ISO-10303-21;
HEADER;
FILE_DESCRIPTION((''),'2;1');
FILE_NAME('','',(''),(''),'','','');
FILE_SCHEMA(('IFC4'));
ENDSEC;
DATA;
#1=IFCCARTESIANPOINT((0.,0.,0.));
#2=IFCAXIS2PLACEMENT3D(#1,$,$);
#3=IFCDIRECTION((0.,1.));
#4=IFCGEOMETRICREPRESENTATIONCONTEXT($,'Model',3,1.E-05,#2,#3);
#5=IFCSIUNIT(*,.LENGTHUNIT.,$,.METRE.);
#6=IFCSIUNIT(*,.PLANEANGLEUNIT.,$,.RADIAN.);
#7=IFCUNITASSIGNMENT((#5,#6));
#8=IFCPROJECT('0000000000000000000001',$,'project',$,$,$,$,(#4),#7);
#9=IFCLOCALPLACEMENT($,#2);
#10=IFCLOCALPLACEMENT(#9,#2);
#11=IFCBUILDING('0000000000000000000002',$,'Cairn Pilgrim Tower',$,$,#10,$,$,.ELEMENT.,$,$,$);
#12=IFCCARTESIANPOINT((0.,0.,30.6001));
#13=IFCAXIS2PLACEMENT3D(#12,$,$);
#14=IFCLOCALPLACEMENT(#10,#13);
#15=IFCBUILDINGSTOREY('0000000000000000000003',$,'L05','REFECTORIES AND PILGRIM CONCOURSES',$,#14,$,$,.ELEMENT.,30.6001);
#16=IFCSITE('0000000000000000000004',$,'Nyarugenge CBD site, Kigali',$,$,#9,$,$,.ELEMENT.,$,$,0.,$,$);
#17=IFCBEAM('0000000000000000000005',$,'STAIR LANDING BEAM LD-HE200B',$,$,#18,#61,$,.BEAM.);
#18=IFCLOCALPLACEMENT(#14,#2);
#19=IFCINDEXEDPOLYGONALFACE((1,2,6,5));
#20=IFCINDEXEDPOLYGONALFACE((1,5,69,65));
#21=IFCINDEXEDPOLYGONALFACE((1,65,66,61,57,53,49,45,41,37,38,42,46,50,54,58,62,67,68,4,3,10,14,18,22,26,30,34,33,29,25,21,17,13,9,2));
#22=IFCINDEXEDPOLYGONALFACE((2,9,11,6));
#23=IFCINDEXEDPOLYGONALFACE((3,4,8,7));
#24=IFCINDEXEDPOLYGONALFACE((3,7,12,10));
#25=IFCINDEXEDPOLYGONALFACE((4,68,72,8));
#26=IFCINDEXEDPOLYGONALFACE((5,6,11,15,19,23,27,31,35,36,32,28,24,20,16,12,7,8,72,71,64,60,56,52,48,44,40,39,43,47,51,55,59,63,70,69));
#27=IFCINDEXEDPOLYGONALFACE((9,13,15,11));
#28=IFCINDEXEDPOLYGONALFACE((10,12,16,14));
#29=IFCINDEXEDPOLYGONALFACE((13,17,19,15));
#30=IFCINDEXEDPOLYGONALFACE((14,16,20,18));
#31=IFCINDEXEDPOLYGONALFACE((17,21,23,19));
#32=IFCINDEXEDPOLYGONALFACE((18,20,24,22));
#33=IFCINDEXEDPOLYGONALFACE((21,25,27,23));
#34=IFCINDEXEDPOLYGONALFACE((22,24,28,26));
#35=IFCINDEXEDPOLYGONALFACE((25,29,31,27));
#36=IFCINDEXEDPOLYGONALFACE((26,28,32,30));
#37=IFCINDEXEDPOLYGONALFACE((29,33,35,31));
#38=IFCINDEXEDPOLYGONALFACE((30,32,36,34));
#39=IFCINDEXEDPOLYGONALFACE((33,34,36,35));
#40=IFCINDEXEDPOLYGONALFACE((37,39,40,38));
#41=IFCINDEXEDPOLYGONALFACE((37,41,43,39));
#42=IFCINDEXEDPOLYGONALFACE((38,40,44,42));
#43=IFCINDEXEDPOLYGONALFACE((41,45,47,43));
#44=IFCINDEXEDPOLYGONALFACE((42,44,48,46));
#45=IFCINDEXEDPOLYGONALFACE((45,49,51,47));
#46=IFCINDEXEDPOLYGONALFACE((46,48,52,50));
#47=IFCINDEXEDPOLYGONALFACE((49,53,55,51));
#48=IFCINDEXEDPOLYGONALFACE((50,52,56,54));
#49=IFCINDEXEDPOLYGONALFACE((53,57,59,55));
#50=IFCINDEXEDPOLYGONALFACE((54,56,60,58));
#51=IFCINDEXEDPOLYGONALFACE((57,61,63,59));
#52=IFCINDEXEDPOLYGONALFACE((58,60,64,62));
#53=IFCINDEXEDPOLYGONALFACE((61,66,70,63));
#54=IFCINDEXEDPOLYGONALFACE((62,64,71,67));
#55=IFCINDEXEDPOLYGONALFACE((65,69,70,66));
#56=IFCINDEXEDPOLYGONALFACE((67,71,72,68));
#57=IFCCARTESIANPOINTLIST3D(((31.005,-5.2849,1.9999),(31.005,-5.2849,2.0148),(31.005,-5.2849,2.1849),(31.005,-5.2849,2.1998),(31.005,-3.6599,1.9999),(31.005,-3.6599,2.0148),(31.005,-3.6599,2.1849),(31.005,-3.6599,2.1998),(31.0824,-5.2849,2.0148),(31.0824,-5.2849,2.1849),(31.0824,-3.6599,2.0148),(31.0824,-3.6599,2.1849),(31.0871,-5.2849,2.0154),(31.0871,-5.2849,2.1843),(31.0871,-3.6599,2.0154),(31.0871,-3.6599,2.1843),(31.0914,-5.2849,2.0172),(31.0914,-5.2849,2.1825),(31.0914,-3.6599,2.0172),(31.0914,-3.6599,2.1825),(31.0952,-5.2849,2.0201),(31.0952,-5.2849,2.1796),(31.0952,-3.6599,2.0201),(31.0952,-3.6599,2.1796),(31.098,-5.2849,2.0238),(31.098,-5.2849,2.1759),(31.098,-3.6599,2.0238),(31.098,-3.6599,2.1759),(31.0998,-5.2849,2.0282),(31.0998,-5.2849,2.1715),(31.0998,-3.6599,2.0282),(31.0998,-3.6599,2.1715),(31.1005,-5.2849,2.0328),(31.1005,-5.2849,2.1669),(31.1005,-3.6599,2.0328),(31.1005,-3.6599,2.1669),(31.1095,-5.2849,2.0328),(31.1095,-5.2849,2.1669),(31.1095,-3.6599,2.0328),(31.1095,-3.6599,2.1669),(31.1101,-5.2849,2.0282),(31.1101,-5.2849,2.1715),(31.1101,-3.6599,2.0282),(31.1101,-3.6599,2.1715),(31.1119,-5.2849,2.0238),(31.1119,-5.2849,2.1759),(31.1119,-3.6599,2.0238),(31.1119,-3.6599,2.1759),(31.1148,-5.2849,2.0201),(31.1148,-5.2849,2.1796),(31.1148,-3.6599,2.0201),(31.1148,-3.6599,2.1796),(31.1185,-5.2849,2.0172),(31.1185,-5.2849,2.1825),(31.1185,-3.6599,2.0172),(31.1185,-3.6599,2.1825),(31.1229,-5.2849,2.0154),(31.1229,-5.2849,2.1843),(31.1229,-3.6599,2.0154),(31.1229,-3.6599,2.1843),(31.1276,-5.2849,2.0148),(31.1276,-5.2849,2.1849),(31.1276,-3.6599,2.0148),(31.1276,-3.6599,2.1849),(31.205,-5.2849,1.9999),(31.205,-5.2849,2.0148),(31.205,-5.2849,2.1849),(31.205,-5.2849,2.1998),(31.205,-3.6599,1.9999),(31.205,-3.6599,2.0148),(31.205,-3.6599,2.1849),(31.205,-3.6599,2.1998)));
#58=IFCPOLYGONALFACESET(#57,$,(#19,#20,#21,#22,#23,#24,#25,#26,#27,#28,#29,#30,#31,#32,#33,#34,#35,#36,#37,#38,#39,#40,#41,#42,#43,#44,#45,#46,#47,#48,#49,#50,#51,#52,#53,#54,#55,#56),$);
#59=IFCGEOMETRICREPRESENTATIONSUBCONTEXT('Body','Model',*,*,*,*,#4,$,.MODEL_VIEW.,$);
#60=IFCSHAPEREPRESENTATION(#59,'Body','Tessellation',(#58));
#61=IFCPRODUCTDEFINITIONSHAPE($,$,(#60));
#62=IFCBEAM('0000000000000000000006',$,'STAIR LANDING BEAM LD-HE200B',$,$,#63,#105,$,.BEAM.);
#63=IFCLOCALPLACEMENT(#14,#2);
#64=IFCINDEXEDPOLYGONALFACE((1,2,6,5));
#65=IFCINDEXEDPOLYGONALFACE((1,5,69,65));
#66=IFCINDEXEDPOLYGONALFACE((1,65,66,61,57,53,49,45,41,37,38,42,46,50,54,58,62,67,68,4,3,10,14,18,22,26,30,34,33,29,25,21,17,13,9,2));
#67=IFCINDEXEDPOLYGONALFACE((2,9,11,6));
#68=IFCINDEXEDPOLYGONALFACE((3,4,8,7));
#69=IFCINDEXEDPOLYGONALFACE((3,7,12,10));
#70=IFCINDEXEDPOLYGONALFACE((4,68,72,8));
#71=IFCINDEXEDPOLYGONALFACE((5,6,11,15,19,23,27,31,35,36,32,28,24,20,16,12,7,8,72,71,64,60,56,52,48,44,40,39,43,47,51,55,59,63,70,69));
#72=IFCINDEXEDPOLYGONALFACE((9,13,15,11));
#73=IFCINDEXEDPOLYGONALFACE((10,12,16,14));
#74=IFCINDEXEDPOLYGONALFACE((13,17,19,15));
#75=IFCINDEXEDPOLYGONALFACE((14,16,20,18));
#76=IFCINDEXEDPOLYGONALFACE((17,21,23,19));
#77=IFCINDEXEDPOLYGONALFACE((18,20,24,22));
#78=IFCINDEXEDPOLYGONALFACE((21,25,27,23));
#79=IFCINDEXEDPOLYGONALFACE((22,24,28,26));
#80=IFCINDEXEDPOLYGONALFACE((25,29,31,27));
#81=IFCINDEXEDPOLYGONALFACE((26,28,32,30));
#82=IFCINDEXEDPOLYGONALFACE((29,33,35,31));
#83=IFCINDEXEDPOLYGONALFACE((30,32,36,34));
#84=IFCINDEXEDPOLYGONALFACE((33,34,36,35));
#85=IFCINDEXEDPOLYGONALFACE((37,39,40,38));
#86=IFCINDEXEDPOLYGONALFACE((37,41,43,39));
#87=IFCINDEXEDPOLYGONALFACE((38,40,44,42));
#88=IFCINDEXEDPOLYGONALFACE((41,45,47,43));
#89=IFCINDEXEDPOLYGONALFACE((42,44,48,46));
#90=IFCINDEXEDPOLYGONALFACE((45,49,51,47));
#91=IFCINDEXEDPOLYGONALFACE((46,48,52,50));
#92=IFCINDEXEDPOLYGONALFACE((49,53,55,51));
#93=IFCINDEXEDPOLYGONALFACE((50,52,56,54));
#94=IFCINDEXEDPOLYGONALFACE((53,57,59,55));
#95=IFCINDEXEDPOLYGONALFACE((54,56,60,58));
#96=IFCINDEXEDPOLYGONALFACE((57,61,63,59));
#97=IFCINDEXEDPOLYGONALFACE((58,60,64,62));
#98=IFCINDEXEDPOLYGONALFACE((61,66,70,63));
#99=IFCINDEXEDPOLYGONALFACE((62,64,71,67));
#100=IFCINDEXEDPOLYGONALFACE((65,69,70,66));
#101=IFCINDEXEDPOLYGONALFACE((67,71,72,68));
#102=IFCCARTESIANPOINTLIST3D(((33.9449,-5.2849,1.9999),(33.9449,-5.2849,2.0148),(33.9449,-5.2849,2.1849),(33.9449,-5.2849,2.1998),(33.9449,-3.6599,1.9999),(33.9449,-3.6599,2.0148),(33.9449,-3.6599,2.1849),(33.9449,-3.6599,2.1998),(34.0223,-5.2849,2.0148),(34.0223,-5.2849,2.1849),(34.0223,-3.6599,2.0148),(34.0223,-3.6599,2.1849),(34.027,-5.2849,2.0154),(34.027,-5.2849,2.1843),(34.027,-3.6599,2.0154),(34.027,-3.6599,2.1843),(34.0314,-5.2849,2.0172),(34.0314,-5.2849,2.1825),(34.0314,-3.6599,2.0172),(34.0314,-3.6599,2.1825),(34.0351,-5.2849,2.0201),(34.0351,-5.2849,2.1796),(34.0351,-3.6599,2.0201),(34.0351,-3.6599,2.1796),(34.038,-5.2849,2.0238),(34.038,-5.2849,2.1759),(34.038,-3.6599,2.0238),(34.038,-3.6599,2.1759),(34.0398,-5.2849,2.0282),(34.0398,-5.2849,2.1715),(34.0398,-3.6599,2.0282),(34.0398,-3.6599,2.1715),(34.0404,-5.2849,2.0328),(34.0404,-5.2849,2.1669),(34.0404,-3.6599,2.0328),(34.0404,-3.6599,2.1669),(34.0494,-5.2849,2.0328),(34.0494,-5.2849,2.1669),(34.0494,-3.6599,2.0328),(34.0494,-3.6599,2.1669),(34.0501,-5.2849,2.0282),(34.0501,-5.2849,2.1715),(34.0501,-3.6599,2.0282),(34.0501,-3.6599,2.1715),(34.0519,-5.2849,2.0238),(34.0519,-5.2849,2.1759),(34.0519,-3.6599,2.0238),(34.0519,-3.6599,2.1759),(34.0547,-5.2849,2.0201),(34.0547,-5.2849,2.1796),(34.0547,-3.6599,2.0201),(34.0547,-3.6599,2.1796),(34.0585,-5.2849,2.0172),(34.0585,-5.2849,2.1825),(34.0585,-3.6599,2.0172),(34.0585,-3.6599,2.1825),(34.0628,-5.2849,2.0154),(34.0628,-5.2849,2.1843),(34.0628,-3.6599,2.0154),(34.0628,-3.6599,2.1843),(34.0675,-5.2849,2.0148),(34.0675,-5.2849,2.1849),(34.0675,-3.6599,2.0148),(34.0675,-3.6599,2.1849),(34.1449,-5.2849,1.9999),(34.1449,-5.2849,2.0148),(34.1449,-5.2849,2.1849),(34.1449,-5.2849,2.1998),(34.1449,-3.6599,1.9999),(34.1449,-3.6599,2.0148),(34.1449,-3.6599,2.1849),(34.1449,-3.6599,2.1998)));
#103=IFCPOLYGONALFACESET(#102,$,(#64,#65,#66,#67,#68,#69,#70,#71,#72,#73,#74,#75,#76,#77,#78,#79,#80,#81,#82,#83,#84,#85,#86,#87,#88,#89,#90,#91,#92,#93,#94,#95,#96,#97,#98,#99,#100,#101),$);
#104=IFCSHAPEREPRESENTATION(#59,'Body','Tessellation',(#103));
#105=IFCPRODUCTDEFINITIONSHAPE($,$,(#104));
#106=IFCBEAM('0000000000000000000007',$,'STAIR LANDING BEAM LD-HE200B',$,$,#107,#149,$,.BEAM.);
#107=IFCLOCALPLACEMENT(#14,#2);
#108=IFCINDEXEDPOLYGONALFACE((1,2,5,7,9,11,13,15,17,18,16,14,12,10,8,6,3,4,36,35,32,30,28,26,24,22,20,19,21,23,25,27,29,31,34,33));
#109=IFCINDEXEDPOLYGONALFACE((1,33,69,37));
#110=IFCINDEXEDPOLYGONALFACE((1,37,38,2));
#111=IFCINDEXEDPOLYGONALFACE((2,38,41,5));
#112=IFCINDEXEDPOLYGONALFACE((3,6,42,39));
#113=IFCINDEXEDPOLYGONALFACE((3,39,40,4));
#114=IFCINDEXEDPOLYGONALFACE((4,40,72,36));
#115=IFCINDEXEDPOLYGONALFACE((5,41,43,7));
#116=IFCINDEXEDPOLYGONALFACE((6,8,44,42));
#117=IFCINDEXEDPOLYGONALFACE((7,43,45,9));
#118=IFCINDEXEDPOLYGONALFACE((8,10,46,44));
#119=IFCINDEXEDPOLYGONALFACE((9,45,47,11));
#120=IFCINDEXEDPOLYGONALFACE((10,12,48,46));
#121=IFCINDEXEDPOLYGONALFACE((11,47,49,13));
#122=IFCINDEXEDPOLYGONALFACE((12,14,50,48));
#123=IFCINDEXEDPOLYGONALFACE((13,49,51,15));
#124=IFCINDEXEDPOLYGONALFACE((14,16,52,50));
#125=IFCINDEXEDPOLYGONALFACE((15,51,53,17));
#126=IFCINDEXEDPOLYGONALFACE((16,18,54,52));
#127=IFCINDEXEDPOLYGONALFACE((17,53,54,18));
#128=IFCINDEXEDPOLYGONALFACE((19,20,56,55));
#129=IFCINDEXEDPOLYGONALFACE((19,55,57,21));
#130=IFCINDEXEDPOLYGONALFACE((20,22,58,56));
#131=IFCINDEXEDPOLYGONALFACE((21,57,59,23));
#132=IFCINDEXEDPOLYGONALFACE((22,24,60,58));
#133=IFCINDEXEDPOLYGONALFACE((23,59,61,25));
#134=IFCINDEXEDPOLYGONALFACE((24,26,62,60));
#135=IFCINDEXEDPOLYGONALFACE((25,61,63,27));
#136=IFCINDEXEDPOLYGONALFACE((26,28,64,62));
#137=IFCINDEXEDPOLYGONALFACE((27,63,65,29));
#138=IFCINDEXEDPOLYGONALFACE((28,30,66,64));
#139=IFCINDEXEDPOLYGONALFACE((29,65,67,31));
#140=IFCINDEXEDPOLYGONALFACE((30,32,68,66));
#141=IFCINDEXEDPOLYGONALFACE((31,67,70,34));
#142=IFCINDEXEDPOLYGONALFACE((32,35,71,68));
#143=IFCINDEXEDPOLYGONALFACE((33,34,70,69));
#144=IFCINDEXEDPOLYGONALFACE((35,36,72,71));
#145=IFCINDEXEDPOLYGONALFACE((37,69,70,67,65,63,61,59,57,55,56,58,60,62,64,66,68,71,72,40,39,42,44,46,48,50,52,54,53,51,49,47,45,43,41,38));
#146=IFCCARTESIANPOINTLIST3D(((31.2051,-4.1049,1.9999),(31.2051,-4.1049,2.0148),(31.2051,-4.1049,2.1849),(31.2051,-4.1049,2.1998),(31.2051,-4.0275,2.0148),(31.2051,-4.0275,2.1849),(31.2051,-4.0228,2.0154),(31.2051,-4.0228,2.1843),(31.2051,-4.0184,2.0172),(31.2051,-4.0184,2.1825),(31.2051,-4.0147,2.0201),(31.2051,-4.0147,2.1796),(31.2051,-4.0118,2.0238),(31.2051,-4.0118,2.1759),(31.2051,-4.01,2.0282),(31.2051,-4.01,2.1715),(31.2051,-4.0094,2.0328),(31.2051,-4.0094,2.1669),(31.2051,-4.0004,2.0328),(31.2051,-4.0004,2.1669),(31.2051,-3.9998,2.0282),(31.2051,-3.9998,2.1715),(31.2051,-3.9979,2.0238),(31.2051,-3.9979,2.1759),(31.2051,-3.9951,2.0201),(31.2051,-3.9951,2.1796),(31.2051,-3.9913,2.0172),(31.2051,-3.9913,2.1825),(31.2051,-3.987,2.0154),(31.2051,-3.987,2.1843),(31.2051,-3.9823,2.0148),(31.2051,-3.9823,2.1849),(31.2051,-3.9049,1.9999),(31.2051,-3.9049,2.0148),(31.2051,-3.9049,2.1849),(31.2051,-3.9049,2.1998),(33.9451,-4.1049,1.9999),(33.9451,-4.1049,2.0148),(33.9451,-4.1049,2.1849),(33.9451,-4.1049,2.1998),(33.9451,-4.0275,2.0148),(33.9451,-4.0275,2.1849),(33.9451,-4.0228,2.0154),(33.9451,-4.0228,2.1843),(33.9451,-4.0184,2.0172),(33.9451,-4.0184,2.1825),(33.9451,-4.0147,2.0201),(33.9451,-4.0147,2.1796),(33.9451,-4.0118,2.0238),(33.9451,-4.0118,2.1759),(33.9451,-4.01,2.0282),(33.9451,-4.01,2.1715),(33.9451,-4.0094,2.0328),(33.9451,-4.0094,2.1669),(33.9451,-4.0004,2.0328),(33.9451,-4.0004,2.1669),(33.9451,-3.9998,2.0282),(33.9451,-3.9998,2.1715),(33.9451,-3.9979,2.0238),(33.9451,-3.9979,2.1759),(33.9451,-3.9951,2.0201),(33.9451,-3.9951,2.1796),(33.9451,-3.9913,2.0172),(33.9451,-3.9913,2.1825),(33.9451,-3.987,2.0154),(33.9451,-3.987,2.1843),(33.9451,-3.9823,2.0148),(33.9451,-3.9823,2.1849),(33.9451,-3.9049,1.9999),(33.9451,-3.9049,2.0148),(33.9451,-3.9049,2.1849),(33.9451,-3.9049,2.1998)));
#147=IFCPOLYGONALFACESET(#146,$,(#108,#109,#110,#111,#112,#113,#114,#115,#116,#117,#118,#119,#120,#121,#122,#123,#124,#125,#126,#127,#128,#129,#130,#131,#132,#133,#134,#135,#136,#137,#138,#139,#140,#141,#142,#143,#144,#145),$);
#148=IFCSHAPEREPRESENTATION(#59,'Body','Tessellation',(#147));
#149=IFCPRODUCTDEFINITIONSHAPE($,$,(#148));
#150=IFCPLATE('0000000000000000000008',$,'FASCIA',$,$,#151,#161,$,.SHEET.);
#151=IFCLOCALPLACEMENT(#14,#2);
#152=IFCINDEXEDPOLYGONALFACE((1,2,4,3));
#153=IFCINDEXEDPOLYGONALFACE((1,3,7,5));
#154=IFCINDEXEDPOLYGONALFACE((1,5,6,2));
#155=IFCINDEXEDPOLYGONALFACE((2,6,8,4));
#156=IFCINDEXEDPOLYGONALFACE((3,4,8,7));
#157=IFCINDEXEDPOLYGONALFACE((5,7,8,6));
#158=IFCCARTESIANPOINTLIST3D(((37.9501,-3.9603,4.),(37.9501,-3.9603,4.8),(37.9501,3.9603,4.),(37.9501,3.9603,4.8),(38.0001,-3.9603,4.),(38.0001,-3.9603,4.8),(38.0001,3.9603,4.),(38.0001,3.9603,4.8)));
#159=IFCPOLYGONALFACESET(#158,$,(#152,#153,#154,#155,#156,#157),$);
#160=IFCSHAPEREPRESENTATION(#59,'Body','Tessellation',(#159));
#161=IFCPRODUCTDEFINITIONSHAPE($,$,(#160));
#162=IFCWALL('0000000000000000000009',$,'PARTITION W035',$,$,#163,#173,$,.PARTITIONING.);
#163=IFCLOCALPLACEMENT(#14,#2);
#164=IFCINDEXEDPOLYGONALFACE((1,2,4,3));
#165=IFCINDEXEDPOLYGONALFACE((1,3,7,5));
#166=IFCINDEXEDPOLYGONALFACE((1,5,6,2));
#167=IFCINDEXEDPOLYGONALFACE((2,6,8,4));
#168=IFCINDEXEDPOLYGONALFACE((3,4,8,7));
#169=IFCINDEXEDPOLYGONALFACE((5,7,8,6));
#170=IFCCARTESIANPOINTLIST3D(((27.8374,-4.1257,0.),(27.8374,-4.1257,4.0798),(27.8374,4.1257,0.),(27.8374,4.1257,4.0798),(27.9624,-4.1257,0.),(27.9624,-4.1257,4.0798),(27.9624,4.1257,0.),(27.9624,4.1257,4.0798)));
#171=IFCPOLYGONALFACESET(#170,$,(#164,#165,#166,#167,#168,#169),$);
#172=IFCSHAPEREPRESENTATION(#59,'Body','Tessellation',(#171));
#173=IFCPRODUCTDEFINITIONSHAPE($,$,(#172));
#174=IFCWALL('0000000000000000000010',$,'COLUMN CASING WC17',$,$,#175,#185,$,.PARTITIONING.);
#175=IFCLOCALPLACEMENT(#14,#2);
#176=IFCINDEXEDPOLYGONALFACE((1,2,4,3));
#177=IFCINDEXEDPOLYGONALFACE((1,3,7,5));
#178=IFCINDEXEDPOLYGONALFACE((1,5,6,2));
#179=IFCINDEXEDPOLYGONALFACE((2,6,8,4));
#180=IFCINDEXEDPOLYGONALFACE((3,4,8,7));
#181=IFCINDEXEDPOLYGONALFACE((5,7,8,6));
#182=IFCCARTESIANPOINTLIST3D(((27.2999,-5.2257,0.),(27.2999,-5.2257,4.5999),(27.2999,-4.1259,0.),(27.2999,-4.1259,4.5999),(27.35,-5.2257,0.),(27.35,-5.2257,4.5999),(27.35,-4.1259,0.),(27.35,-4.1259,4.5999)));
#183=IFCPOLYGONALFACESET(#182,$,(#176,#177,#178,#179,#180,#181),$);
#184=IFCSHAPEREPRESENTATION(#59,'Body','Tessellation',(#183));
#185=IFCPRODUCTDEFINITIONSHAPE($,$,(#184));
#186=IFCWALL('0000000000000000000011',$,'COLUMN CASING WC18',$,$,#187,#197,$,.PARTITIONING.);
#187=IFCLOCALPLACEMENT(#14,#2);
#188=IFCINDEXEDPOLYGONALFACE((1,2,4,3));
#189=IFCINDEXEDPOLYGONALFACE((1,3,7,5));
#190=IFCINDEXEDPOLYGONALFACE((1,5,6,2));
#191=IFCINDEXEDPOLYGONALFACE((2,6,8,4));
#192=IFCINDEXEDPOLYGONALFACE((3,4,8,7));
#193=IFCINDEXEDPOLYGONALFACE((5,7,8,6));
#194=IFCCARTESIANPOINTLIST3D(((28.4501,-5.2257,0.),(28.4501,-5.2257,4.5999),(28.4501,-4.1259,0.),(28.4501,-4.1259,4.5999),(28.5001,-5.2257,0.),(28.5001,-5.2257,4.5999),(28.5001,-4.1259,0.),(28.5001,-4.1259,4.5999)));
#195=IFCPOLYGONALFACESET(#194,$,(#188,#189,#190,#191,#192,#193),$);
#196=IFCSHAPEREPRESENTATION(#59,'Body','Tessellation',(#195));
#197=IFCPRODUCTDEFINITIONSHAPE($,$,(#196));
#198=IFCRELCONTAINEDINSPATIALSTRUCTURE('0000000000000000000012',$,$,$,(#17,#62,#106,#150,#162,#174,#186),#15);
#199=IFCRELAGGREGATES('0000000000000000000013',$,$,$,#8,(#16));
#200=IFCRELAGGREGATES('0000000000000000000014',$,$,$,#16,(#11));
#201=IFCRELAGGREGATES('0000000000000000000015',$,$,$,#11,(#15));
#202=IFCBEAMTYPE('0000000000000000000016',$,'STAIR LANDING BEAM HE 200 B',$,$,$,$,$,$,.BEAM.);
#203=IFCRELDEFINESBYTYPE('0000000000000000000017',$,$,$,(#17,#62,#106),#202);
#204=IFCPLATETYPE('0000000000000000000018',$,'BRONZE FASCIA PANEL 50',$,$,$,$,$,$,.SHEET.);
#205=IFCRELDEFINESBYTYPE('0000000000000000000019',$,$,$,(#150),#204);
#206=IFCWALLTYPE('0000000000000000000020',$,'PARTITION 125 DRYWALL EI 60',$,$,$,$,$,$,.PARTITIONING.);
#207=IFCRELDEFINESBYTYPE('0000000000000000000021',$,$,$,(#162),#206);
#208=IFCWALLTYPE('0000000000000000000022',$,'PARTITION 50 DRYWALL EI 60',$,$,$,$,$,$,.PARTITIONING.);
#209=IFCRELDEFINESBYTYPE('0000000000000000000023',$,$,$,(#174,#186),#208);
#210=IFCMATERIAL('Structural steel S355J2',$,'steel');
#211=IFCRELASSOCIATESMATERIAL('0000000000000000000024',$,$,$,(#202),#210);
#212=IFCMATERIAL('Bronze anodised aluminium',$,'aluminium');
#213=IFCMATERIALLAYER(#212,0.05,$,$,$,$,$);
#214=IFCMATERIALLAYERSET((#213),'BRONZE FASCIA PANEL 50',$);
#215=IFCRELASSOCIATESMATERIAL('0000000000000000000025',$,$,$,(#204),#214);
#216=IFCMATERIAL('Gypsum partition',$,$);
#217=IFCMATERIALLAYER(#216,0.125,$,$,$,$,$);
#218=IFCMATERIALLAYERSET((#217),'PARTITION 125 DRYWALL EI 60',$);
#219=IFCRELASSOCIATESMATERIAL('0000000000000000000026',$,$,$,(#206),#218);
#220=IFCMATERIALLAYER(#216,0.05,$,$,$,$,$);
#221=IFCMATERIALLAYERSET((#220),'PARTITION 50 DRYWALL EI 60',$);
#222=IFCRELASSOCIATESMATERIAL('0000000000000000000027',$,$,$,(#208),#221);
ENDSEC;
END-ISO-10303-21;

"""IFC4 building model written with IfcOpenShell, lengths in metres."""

from ifc_helpers import new_model, si_unit, direction, frame, frame_2d, origin, origin_2d, place, context, subcontext, project, spatial, rectangle, i_section, extrude, material, layer, layer_set, material_profile, profile_set, type_object, element, save


model = new_model("IFC4")

# Units and contexts
model_context = context("Model", 3, precision=1e-05, world=origin(), true_north=direction((0.0, 1.0)))
body_context = subcontext(model_context, "Body", "Model", "MODEL_VIEW")
ifc_project = project(units=[si_unit("LENGTHUNIT", "METRE"), si_unit("PLANEANGLEUNIT", "RADIAN")], contexts=[model_context])

# Site, building, storey
site_placement = place(None, origin())
site = spatial("IfcSite", under=ifc_project, at=site_placement, Name="Nyarugenge CBD site, Kigali", CompositionType="ELEMENT", RefElevation=0.0)
building_placement = place(site_placement, origin())
building = spatial("IfcBuilding", under=site, at=building_placement, Name="Cairn Pilgrim Tower", CompositionType="ELEMENT")
storey_placement = place(building_placement, frame((0.0, 0.0, 30.6001)))
storey = spatial("IfcBuildingStorey", under=building, at=storey_placement, Name="L05", Description="REFECTORIES AND PILGRIM CONCOURSES", CompositionType="ELEMENT", Elevation=30.6001)

# Shared definitions
ifc_material_1 = material(Name="Structural steel S355J2", Category="steel")

# Beams
ifc_material_profile_1 = material_profile(ifc_material_1, i_section(OverallWidth=0.2, OverallDepth=0.2, WebThickness=0.009, FlangeThickness=0.0149, FilletRadius=0.0181, at=origin_2d()), Name="HE 200 B")
ifc_profile_set_1 = profile_set([ifc_material_profile_1], Name="Structural steel S355J2")
beam_type_1 = type_object("IfcBeamType", Name="STAIR LANDING BEAM HE 200 B", PredefinedType="BEAM", material=ifc_profile_set_1)
for number, where, z_axis, x_axis, name in (
    (1, (31.105, -3.6599, 2.0999), (0.0, -1.0, 0.0), (1.0, 0.0, 0.0), "STAIR LANDING BEAM LD-HE200B"),
    (2, (34.0449, -3.6599, 2.0999), (0.0, -1.0, 0.0), (1.0, 0.0, 0.0), "STAIR LANDING BEAM LD-HE200B"),
):
    element("IfcBeam", number, at=place(storey_placement, frame(where, z_axis=z_axis, x_axis=x_axis)), inside=storey, type_object=beam_type_1, Name=name, PredefinedType="BEAM", context=body_context, shape_type="SweptSolid", body=[
        extrude(i_section(OverallWidth=0.2, OverallDepth=0.2, WebThickness=0.009, FlangeThickness=0.0149, FilletRadius=0.0181, at=origin_2d()), origin(), (0.0, 0.0, 1.0), 1.625),
    ])
beam_1_placement = place(storey_placement, frame((31.2051, -4.0049, 2.0999), z_axis=(1.0, 0.0, 0.0), x_axis=(0.0, 1.0, 0.0)))
element("IfcBeam", 3, at=beam_1_placement, inside=storey, type_object=beam_type_1, Name="STAIR LANDING BEAM LD-HE200B", PredefinedType="BEAM", context=body_context, shape_type="SweptSolid", body=[
    extrude(i_section(OverallWidth=0.2, OverallDepth=0.2, WebThickness=0.009, FlangeThickness=0.0149, FilletRadius=0.0181, at=origin_2d()), origin(), (0.0, 0.0, 1.0), 2.74),
])

# Plate
ifc_material_2 = material(Name="Bronze anodised aluminium", Category="aluminium")
ifc_layer_1 = layer(ifc_material_2, 0.05)
ifc_layer_set_1 = layer_set([ifc_layer_1], Name="BRONZE FASCIA PANEL 50")
plate_type = type_object("IfcPlateType", Name="BRONZE FASCIA PANEL 50", PredefinedType="SHEET", material=ifc_layer_set_1)
plate_placement = place(storey_placement, frame((37.9751, 0.0, 4.0), z_axis=(0.0, 0.0, 1.0), x_axis=(0.0, 1.0, 0.0)))
element("IfcPlate", 4, at=plate_placement, inside=storey, type_object=plate_type, Name="FASCIA", PredefinedType="SHEET", context=body_context, shape_type="SweptSolid", body=[
    extrude(rectangle(XDim=7.9207, YDim=0.05, at=origin_2d()), origin(), (0.0, 0.0, 1.0), 0.8),
])

# Walls
ifc_material_3 = material(Name="Gypsum partition")
ifc_layer_2 = layer(ifc_material_3, 0.125)
ifc_layer_set_2 = layer_set([ifc_layer_2], Name="PARTITION 125 DRYWALL EI 60")
wall_type_1 = type_object("IfcWallType", Name="PARTITION 125 DRYWALL EI 60", PredefinedType="PARTITIONING", material=ifc_layer_set_2)
wall_1_placement = place(storey_placement, frame((27.8999, -4.1257, 0.0), z_axis=(0.0, 0.0, 1.0), x_axis=(0.0, 1.0, 0.0)))
element("IfcWall", 5, at=wall_1_placement, inside=storey, type_object=wall_type_1, Name="PARTITION W035", PredefinedType="PARTITIONING", context=body_context, shape_type="SweptSolid", body=[
    extrude(rectangle(XDim=8.2515, YDim=0.125, at=frame_2d((4.1257, 0.0))), origin(), (0.0, 0.0, 1.0), 4.0798),
])
ifc_layer_3 = layer(ifc_material_3, 0.05)
ifc_layer_set_3 = layer_set([ifc_layer_3], Name="PARTITION 50 DRYWALL EI 60")
wall_type_2 = type_object("IfcWallType", Name="PARTITION 50 DRYWALL EI 60", PredefinedType="PARTITIONING", material=ifc_layer_set_3)
for number, where, z_axis, x_axis, name in (
    (6, (27.325, -5.2256, 0.0), (0.0, 0.0, 1.0), (0.0, 1.0, 0.0), "COLUMN CASING WC17"),
    (7, (28.4751, -5.2256, 0.0), (0.0, 0.0, 1.0), (0.0, 1.0, 0.0), "COLUMN CASING WC18"),
):
    element("IfcWall", number, at=place(storey_placement, frame(where, z_axis=z_axis, x_axis=x_axis)), inside=storey, type_object=wall_type_2, Name=name, PredefinedType="PARTITIONING", context=body_context, shape_type="SweptSolid", body=[
        extrude(rectangle(XDim=1.0999, YDim=0.05, at=frame_2d((0.5498, 0.0))), origin(), (0.0, 0.0, 1.0), 4.5999),
    ])

save(model, "model.ifc")
